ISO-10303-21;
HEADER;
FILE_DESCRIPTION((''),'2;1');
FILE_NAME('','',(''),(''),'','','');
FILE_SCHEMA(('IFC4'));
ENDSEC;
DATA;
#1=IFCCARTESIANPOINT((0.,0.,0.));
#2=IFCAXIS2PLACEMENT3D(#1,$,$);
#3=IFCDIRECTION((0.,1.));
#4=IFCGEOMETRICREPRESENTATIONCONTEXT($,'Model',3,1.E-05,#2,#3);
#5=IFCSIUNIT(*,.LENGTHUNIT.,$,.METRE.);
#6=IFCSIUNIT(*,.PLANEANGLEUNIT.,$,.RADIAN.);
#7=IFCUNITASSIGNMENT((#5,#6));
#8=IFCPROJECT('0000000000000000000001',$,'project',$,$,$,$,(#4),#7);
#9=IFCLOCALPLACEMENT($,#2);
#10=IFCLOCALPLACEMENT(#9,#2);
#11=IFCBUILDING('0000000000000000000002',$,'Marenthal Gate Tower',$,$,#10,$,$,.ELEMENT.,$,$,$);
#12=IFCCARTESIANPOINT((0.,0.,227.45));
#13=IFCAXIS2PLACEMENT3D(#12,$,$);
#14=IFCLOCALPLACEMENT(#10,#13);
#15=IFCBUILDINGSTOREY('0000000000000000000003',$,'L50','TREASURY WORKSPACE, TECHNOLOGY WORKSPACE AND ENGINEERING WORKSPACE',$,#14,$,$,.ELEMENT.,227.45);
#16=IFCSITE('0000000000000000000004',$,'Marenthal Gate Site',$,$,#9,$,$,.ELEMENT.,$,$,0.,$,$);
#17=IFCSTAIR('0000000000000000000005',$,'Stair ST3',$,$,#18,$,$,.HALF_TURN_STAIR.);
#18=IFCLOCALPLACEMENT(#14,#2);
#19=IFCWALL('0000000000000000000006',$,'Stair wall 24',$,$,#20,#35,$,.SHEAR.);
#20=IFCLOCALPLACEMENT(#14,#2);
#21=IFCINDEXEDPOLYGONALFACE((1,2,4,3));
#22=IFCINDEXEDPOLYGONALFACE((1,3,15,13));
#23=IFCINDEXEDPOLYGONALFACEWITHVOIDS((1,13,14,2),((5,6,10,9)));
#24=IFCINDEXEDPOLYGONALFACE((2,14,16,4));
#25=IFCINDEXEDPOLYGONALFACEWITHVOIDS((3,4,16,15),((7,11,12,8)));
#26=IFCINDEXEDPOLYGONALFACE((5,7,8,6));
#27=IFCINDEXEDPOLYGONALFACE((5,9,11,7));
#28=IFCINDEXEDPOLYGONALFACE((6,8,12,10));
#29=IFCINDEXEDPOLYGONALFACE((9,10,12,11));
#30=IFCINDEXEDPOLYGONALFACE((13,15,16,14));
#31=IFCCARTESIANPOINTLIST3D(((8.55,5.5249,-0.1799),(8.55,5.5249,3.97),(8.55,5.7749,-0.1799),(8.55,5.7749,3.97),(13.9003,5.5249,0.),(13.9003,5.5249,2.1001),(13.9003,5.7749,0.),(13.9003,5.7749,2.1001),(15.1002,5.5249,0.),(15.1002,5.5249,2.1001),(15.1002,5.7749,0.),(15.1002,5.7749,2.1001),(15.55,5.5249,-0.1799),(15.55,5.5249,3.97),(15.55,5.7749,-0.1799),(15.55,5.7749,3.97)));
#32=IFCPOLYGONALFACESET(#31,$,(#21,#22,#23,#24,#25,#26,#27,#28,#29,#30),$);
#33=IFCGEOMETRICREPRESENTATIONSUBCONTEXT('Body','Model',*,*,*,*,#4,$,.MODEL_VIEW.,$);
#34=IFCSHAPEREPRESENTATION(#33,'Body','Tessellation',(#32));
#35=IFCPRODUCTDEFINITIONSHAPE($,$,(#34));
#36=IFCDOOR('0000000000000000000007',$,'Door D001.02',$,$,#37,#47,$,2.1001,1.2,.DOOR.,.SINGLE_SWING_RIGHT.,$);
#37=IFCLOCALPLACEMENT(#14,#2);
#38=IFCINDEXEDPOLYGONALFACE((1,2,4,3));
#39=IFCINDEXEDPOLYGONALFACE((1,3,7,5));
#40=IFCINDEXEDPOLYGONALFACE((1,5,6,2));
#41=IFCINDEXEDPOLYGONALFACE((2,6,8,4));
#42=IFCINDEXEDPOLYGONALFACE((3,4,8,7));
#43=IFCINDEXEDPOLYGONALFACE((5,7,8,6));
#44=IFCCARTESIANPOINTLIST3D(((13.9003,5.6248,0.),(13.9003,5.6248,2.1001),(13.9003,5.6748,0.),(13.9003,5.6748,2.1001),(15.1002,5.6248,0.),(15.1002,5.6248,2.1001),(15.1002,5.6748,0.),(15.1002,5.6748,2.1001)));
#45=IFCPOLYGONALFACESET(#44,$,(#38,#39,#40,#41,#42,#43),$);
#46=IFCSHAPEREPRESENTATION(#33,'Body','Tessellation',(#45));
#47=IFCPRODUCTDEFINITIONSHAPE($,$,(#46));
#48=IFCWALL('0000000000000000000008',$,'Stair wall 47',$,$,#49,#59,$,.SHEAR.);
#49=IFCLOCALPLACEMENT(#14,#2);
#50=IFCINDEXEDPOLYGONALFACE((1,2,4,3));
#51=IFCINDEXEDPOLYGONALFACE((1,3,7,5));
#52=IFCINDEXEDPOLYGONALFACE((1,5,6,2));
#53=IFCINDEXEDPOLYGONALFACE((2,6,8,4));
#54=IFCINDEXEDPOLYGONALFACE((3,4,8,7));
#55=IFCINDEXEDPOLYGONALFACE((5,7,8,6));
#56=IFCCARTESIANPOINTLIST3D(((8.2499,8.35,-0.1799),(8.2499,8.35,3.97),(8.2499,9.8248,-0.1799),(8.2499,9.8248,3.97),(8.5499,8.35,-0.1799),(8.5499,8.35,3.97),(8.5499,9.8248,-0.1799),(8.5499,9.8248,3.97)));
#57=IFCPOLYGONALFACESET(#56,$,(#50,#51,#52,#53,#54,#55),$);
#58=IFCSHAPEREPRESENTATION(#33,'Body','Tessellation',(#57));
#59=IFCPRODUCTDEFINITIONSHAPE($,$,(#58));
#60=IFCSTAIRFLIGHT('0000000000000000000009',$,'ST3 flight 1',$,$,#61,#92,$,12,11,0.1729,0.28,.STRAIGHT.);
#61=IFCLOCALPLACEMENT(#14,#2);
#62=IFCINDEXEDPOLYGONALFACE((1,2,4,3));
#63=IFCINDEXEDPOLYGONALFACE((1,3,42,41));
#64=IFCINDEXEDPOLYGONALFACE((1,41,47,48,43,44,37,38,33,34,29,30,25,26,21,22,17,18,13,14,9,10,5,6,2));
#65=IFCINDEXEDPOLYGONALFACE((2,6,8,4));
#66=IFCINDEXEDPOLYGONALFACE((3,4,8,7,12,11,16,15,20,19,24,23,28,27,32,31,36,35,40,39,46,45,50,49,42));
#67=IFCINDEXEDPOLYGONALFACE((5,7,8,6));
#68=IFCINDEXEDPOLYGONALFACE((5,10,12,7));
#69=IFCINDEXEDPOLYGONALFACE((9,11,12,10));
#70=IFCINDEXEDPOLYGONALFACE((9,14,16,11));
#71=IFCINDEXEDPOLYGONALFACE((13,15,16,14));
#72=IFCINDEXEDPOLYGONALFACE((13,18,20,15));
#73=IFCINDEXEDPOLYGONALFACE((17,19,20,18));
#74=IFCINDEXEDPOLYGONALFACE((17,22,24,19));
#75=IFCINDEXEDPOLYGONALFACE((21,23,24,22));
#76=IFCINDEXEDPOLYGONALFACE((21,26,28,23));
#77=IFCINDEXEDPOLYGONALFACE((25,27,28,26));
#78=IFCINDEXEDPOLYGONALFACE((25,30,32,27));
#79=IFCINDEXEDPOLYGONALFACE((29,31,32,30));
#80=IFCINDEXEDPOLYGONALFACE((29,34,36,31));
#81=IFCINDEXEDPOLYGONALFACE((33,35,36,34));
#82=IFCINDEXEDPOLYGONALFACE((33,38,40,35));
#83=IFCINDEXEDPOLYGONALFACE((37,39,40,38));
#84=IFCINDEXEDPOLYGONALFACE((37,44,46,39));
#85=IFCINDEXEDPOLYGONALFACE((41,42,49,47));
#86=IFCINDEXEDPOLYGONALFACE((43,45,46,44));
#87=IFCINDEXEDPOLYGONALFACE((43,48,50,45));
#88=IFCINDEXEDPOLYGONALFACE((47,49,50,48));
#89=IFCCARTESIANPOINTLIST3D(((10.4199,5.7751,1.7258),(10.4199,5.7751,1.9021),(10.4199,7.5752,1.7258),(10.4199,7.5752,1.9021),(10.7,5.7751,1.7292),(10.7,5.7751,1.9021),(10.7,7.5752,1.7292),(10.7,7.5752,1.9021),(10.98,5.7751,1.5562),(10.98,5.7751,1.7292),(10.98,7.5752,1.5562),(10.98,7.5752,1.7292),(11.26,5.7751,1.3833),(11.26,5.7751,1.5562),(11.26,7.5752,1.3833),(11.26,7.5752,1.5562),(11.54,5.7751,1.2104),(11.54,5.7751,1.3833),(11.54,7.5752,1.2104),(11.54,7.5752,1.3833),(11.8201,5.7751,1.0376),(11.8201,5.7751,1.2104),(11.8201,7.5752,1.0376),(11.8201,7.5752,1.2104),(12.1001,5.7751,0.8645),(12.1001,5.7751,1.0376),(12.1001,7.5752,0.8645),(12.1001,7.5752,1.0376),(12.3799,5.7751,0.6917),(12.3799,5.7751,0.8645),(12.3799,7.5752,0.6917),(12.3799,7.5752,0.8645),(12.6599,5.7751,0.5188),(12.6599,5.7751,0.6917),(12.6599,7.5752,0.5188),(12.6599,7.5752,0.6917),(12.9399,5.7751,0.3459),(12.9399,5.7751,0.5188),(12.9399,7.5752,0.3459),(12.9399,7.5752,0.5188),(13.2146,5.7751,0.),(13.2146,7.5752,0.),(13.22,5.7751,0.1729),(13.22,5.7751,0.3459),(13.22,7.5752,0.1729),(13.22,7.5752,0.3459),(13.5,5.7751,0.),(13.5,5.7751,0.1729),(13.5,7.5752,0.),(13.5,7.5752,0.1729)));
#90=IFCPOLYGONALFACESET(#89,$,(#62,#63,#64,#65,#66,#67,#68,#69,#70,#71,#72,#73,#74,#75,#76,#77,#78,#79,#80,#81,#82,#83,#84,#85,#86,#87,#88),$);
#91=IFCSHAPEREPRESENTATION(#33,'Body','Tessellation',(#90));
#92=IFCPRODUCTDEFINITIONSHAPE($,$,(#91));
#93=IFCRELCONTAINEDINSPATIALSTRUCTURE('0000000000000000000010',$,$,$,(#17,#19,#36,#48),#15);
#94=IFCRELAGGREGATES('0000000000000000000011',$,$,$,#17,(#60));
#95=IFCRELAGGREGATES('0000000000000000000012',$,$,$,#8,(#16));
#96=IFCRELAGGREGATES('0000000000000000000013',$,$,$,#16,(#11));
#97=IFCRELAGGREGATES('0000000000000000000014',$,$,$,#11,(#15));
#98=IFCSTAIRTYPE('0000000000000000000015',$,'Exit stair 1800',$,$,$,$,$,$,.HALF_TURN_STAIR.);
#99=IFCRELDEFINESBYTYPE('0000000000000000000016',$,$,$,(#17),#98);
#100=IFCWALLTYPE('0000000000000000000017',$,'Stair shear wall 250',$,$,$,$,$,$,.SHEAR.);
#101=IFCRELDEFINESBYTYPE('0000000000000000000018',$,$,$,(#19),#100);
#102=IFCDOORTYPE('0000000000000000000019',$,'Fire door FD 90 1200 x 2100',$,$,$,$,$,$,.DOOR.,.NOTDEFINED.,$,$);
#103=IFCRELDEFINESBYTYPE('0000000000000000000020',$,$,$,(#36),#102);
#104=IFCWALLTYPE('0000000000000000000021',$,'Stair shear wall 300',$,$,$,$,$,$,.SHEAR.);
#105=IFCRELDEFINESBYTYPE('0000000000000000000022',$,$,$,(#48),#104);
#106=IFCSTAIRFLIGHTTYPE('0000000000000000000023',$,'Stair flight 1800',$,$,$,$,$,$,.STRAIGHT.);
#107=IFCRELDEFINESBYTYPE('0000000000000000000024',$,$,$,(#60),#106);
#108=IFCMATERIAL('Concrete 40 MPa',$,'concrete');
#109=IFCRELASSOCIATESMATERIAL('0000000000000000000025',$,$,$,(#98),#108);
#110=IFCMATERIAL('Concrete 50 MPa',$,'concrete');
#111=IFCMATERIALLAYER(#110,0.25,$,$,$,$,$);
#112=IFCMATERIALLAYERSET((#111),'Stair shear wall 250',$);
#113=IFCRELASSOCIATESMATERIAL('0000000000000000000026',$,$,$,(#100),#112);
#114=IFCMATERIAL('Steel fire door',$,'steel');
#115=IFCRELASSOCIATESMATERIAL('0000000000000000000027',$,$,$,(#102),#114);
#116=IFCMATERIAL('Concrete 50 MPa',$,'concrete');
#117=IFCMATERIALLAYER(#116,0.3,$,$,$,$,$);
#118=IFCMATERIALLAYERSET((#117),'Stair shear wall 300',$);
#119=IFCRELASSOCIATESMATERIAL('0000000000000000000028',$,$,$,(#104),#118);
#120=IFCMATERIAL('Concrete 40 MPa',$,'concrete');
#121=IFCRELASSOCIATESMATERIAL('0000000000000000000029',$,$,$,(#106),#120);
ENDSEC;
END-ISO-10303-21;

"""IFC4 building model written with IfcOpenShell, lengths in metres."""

from ifc_helpers import new_model, si_unit, direction, frame, frame_2d, origin, place, context, subcontext, project, spatial, polyline, rectangle, outline, extrude, material, layer, layer_set, type_object, element, fill, aggregate, save


model = new_model("IFC4")

# Units and contexts
model_context = context("Model", 3, precision=1e-05, world=origin(), true_north=direction((0.0, 1.0)))
body_context = subcontext(model_context, "Body", "Model", "MODEL_VIEW")
ifc_project = project(units=[si_unit("LENGTHUNIT", "METRE"), si_unit("PLANEANGLEUNIT", "RADIAN")], contexts=[model_context])

# Site, building, storey
site_placement = place(None, origin())
site = spatial("IfcSite", under=ifc_project, at=site_placement, Name="Marenthal Gate Site", CompositionType="ELEMENT", RefElevation=0.0)
building_placement = place(site_placement, origin())
building = spatial("IfcBuilding", under=site, at=building_placement, Name="Marenthal Gate Tower", CompositionType="ELEMENT")
storey_placement = place(building_placement, frame((0.0, 0.0, 227.45)))
storey = spatial("IfcBuildingStorey", under=building, at=storey_placement, Name="L50", Description="TREASURY WORKSPACE, TECHNOLOGY WORKSPACE AND ENGINEERING WORKSPACE", CompositionType="ELEMENT", Elevation=227.45)

# Stair
ifc_material_1 = material(Name="Concrete 40 MPa", Category="concrete")
stair_type = type_object("IfcStairType", Name="Exit stair 1800", PredefinedType="HALF_TURN_STAIR", material=ifc_material_1)
stair_1_placement = place(storey_placement, origin())
stair_1 = element("IfcStair", 1, at=stair_1_placement, inside=storey, type_object=stair_type, Name="Stair ST3", PredefinedType="HALF_TURN_STAIR")

# Wall, opening, door
ifc_material_2 = material(Name="Concrete 50 MPa", Category="concrete")
ifc_layer_1 = layer(ifc_material_2, 0.25)
ifc_layer_set_1 = layer_set([ifc_layer_1], Name="Stair shear wall 250")
wall_type_1 = type_object("IfcWallType", Name="Stair shear wall 250", PredefinedType="SHEAR", material=ifc_layer_set_1)
wall_1_placement = place(storey_placement, frame((8.55, 5.6499, -0.1799), z_axis=(0.0, 0.0, 1.0), x_axis=(1.0, 0.0, 0.0)))
wall_1 = element("IfcWall", 2, at=wall_1_placement, inside=storey, type_object=wall_type_1, Name="Stair wall 24", PredefinedType="SHEAR", context=body_context, shape_type="SweptSolid", body=[
    extrude(rectangle(XDim=7.0, YDim=0.25, at=frame_2d((3.5, 0.0))), origin(), (0.0, 0.0, 1.0), 4.1499),
])
opening_placement = place(wall_1_placement, frame((5.3501, 0.0, 0.1799)))
opening = element("IfcOpeningElement", 3, at=opening_placement, cuts=wall_1, PredefinedType="OPENING", context=body_context, shape_type="SweptSolid", body=[
    extrude(rectangle(XDim=1.2, YDim=2.1001, at=frame_2d((0.6001, 1.05))), frame((0.0, 0.135, 0.0), z_axis=(0.0, -1.0, 0.0), x_axis=(1.0, 0.0, 0.0)), (0.0, 0.0, 1.0), 0.27),
])
ifc_material_3 = material(Name="Steel fire door", Category="steel")
door_type = type_object("IfcDoorType", Name="Fire door FD 90 1200 x 2100", OperationType="NOTDEFINED", PredefinedType="DOOR", material=ifc_material_3)
door_placement = place(opening_placement, origin())
door = element("IfcDoor", 4, at=door_placement, inside=storey, type_object=door_type, Name="Door D001.02", OperationType="SINGLE_SWING_RIGHT", OverallHeight=2.1001, OverallWidth=1.2, PredefinedType="DOOR", context=body_context, shape_type="SweptSolid", body=[
    extrude(rectangle(XDim=1.2, YDim=2.1001, at=frame_2d((0.6001, 1.05))), frame((0.0, 0.0249, 0.0), z_axis=(0.0, -1.0, 0.0), x_axis=(1.0, 0.0, 0.0)), (0.0, 0.0, 1.0), 0.05),
])
fill(opening, door)

# Wall
ifc_material_4 = material(Name="Concrete 50 MPa", Category="concrete")
ifc_layer_2 = layer(ifc_material_4, 0.3)
ifc_layer_set_2 = layer_set([ifc_layer_2], Name="Stair shear wall 300")
wall_type_2 = type_object("IfcWallType", Name="Stair shear wall 300", PredefinedType="SHEAR", material=ifc_layer_set_2)
wall_2_placement = place(storey_placement, frame((8.3999, 8.3501, -0.1799), z_axis=(0.0, 0.0, 1.0), x_axis=(0.0, 1.0, 0.0)))
element("IfcWall", 5, at=wall_2_placement, inside=storey, type_object=wall_type_2, Name="Stair wall 47", PredefinedType="SHEAR", context=body_context, shape_type="SweptSolid", body=[
    extrude(rectangle(XDim=1.4749, YDim=0.3, at=frame_2d((0.7373, 0.0))), origin(), (0.0, 0.0, 1.0), 4.1499),
])

# Stair flight
ifc_material_5 = material(Name="Concrete 40 MPa", Category="concrete")
stair_flight_type = type_object("IfcStairFlightType", Name="Stair flight 1800", PredefinedType="STRAIGHT", material=ifc_material_5)
stair_flight_placement = place(storey_placement, frame((13.5, 6.675, 0.0), z_axis=(0.0, 0.0, 1.0), x_axis=(-1.0, 0.0, 0.0)))
stair_flight = element("IfcStairFlight", 6, at=stair_flight_placement, type_object=stair_flight_type, Name="ST3 flight 1", NumberOfRisers=12, NumberOfTreads=11, PredefinedType="STRAIGHT", RiserHeight=0.1729, TreadLength=0.28, context=body_context, shape_type="SweptSolid", body=[
    extrude(outline(polyline([(0.0, 0.0), (0.0, 0.1729), (0.28, 0.1729), (0.28, 0.3459), (0.5601, 0.3459), (0.5601, 0.5188), (0.8401, 0.5188), (0.8401, 0.6917), (1.1201, 0.6917), (1.1201, 0.8645), (1.3999, 0.8645), (1.3999, 1.0376), (1.6799, 1.0376), (1.6799, 1.2104), (1.96, 1.2104), (1.96, 1.3833), (2.24, 1.3833), (2.24, 1.5562), (2.52, 1.5562), (2.52, 1.7292), (2.8, 1.7292), (2.8, 1.9021), (3.0801, 1.9021), (3.0801, 2.075), (3.0801, 1.7258), (0.2854, 0.0), (0.0, 0.0)])), frame((0.0, 0.8999, 0.0), z_axis=(0.0, -1.0, 0.0), x_axis=(1.0, 0.0, 0.0)), (0.0, 0.0, 1.0), 1.8),
])
aggregate(stair_1, [stair_flight])

save(model, "model.ifc")
